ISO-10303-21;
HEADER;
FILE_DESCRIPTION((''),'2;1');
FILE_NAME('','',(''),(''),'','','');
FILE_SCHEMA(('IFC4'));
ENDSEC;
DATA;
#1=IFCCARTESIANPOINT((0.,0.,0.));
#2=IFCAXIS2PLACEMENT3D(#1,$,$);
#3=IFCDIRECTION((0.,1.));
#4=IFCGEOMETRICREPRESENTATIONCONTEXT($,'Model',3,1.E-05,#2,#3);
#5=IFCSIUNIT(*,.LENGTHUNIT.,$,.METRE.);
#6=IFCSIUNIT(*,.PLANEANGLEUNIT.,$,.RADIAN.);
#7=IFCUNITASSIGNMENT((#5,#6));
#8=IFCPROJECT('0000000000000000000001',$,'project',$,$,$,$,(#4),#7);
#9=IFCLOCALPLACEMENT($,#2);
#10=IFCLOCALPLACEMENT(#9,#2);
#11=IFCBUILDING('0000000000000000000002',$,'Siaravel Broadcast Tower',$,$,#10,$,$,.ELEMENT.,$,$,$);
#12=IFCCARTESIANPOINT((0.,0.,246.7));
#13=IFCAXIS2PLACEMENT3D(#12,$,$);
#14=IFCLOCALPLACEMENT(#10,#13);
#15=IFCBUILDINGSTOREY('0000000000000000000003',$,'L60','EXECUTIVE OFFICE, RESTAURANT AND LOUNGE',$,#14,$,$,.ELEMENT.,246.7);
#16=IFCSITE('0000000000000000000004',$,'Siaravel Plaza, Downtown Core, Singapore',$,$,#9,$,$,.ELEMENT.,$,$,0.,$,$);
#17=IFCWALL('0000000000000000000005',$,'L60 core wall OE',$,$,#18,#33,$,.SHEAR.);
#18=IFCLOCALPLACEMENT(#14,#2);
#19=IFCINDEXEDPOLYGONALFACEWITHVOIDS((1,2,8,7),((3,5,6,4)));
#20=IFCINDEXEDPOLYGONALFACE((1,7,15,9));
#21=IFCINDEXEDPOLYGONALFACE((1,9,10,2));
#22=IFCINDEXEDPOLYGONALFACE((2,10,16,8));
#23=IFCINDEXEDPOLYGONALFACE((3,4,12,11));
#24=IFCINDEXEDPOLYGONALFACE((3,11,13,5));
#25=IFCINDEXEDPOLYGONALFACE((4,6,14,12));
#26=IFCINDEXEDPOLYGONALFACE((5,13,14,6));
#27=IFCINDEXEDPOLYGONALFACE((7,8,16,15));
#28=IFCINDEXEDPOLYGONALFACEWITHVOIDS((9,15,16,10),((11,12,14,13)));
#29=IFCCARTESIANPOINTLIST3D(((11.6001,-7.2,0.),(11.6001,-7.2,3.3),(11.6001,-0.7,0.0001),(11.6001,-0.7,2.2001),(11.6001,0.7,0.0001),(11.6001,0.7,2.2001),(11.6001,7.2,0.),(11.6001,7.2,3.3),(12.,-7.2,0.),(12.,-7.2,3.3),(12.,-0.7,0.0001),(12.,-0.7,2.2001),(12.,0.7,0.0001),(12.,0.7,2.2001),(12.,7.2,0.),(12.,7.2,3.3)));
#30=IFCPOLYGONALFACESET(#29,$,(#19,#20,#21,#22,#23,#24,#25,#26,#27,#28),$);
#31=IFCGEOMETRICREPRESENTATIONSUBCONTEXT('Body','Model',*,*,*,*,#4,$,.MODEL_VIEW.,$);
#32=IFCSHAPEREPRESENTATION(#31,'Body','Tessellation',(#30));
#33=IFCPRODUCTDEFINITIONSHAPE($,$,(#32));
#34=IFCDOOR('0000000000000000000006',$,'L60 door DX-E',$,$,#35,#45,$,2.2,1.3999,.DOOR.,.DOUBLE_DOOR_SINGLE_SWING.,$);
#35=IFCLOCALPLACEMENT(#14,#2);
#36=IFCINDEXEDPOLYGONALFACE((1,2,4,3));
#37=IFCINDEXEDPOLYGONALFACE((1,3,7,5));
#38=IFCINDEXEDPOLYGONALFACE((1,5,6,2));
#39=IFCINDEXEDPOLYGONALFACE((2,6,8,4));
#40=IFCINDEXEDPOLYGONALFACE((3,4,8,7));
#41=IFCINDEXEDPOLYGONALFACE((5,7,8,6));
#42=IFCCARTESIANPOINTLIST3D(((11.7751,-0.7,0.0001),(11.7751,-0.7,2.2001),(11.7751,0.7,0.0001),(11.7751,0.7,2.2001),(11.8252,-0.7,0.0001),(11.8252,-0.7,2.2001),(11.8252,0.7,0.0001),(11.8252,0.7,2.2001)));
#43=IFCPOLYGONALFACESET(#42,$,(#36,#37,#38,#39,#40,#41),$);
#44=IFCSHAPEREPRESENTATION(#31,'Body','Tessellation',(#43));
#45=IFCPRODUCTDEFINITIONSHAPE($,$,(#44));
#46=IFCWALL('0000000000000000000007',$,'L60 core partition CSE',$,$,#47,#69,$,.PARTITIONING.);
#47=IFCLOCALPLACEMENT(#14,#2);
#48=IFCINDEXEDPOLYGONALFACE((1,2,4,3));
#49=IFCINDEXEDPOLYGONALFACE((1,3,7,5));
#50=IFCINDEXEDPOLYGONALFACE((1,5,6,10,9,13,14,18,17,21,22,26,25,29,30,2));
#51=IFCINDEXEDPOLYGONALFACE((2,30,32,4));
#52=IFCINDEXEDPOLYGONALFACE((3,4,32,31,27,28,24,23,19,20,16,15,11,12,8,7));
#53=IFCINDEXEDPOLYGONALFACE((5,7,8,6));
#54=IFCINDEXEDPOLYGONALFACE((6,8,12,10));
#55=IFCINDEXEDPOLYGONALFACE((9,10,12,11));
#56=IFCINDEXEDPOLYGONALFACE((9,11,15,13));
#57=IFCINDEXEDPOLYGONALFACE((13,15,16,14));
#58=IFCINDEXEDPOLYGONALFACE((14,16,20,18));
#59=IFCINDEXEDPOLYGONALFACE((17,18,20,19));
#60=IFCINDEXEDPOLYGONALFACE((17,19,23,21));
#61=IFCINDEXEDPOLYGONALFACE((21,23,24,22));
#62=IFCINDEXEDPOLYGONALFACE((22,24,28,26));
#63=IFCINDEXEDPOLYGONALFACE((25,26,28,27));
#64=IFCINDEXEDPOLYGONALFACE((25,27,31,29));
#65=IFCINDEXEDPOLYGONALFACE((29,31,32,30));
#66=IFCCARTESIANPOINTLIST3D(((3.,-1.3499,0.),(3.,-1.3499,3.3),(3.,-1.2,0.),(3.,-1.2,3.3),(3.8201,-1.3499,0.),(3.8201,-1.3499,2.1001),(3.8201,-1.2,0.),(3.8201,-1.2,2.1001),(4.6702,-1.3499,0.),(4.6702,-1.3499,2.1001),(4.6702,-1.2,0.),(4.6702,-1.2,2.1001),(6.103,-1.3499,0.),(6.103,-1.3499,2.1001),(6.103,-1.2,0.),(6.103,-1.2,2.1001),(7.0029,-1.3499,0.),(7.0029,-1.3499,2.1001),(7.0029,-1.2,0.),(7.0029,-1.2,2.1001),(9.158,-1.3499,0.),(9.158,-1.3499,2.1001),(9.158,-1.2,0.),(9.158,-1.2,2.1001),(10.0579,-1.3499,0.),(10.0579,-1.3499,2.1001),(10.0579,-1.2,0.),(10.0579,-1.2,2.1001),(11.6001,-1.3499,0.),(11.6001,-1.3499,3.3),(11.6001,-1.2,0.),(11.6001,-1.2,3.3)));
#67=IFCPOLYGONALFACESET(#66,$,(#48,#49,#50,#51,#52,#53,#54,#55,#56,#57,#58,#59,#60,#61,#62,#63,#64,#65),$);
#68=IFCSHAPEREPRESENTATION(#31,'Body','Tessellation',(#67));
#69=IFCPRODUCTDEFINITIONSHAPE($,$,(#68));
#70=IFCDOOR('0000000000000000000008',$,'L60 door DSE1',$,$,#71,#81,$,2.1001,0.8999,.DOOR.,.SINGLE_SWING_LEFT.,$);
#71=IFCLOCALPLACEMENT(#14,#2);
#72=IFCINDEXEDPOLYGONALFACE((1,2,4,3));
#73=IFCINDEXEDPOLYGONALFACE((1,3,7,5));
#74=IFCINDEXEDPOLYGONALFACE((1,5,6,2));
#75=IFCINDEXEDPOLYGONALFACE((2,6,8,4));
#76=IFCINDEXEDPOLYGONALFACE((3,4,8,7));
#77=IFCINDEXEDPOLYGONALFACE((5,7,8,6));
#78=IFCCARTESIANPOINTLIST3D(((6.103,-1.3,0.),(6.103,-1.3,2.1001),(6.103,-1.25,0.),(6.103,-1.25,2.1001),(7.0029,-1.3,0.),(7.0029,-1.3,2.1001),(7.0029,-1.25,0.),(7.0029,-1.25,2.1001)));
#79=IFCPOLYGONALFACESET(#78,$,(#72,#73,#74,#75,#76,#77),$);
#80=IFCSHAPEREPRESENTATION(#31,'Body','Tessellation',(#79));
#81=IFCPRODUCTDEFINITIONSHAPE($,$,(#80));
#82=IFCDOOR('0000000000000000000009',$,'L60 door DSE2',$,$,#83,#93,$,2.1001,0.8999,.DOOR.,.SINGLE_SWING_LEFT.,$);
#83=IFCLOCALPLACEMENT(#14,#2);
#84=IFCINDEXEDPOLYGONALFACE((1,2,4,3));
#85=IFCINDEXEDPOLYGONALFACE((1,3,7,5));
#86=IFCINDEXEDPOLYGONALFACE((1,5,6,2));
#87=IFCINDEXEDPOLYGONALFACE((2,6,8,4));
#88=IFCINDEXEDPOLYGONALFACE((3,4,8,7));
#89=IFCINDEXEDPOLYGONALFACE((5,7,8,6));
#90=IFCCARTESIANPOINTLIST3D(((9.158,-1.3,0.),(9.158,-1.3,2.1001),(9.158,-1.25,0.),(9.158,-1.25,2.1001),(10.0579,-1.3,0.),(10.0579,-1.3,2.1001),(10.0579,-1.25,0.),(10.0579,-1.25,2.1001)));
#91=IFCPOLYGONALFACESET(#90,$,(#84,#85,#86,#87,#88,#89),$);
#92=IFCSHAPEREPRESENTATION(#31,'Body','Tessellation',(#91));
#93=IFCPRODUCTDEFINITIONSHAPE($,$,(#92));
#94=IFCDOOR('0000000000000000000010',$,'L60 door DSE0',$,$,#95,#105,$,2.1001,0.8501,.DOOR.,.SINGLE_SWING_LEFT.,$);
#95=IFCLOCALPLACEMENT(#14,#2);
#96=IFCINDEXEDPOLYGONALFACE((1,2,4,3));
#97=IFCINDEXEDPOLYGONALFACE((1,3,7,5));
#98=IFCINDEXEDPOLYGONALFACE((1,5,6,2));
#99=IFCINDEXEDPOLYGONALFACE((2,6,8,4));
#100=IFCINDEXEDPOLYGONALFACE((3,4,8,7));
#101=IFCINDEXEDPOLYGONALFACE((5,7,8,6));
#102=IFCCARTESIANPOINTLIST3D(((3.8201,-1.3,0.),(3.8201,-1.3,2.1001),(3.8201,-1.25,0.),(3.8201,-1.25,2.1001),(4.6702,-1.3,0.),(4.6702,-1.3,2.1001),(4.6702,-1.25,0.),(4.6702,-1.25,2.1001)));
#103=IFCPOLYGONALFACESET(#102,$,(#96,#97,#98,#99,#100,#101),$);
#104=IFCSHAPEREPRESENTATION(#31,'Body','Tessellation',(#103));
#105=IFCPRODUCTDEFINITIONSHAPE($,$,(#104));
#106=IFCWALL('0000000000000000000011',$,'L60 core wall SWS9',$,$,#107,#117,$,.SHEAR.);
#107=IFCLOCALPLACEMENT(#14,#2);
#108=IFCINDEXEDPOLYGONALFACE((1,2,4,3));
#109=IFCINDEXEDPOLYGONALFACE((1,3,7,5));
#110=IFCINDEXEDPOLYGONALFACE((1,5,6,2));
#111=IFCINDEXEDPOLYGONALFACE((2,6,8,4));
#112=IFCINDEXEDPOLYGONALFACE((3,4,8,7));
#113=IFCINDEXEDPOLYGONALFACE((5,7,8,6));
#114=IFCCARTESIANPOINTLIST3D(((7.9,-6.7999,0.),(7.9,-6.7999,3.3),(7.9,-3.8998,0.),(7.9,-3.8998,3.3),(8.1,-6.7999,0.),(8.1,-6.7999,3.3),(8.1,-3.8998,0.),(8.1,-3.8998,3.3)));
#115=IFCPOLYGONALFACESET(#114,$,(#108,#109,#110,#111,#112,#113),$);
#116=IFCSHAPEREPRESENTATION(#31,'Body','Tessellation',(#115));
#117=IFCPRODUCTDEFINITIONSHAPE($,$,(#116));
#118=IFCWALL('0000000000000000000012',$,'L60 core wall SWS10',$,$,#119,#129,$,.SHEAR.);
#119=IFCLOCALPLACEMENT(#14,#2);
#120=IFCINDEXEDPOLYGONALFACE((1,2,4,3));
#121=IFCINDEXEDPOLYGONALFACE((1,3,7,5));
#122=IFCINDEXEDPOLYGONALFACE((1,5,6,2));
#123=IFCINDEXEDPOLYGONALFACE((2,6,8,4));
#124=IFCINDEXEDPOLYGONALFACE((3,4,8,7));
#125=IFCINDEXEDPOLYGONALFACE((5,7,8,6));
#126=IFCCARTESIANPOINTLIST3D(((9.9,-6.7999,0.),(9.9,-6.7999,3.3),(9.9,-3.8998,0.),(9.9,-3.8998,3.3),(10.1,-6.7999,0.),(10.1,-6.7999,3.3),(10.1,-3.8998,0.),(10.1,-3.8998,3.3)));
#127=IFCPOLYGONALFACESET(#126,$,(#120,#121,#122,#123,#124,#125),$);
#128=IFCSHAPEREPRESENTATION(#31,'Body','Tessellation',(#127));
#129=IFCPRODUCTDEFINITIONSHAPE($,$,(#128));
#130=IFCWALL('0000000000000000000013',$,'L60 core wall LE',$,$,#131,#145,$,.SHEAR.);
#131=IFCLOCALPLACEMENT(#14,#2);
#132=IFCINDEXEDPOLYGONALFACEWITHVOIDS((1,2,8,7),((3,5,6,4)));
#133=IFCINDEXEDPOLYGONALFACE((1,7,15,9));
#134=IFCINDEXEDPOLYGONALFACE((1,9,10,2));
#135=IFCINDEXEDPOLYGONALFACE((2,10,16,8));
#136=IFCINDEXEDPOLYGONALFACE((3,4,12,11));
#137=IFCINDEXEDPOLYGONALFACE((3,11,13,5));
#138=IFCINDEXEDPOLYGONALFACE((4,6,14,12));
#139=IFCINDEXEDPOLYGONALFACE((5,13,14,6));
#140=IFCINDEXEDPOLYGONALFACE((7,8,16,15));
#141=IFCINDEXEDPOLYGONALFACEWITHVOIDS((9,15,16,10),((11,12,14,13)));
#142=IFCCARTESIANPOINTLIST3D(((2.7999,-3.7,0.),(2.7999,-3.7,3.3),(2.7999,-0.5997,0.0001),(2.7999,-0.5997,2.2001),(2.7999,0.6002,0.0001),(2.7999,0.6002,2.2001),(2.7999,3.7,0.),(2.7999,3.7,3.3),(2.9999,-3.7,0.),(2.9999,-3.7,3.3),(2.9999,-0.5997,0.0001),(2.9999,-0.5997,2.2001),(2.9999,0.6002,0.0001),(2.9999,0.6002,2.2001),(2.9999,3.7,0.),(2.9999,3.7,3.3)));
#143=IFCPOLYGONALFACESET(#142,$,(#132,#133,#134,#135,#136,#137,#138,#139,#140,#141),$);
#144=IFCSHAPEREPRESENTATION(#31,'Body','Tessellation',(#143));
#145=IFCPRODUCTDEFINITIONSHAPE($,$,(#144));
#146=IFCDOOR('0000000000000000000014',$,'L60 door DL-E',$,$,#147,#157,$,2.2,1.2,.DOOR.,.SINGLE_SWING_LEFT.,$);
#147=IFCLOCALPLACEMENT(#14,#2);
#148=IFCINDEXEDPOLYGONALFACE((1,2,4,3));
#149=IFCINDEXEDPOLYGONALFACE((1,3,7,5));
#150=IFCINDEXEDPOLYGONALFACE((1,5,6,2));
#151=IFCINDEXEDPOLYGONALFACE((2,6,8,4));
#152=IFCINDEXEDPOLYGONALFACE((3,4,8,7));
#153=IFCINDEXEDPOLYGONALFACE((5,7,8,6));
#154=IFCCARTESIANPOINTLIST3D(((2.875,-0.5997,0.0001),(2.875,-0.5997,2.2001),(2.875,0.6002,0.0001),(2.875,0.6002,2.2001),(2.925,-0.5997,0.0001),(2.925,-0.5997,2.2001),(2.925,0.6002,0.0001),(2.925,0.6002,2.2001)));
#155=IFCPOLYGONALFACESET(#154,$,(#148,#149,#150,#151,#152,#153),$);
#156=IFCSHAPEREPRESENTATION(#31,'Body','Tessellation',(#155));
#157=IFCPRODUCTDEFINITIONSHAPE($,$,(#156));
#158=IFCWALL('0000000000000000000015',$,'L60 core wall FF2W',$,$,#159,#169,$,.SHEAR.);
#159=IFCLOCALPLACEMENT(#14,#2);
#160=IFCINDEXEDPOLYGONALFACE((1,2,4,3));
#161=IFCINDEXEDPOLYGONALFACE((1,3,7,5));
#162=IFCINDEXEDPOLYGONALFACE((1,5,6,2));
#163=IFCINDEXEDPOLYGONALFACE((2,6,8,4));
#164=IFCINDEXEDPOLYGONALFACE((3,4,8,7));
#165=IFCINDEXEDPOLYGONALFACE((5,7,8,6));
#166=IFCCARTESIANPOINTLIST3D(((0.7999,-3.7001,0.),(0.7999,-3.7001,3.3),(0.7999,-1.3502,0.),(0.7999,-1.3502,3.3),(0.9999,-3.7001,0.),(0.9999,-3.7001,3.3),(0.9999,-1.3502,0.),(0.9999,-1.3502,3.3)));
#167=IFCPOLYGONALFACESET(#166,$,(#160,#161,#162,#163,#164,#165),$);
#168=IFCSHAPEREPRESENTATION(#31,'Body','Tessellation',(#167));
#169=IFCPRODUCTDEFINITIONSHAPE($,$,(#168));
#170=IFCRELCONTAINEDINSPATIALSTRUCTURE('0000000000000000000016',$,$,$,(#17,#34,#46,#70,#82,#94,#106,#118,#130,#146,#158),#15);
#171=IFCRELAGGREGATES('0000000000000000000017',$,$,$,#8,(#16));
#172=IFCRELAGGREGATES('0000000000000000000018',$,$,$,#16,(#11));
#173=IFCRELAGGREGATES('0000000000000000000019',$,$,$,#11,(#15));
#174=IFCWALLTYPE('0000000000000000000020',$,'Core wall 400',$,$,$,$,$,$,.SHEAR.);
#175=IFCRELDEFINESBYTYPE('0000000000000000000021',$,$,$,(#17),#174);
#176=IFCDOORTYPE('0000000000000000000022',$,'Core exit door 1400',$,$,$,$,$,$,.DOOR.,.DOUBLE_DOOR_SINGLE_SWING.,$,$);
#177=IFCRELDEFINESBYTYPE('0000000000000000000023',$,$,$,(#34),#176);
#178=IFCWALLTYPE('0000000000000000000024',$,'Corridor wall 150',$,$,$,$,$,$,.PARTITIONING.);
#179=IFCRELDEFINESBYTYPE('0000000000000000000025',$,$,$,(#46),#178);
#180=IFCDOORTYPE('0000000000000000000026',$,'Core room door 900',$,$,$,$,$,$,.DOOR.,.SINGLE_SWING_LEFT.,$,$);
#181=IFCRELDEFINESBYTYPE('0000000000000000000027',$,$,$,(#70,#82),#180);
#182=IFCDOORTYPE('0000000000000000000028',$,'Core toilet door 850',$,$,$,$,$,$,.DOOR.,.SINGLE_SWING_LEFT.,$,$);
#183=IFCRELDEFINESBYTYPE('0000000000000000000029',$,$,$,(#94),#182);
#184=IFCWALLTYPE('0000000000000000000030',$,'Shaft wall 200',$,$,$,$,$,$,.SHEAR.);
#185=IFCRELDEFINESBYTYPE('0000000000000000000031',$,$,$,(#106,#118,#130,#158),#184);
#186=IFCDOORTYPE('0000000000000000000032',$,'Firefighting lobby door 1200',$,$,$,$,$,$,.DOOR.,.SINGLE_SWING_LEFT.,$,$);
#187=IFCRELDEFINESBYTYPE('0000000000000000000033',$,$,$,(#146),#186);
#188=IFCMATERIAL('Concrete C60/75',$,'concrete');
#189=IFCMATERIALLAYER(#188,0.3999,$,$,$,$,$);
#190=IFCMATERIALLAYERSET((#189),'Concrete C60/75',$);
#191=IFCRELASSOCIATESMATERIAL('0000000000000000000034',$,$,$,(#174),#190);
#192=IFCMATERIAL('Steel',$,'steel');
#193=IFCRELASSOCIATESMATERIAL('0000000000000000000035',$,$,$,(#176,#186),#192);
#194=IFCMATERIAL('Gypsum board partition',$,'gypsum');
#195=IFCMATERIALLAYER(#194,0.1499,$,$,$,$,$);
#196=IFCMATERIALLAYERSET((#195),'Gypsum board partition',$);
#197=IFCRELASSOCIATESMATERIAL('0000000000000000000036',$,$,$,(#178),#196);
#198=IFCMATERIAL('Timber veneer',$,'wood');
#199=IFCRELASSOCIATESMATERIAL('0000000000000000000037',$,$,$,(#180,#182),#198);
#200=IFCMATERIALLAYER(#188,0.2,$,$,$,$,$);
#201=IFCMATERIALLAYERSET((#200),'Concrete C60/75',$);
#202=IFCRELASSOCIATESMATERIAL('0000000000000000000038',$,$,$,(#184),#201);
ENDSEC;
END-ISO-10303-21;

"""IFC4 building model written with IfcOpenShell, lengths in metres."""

from ifc_helpers import new_model, si_unit, direction, frame, frame_2d, origin, place, context, subcontext, project, spatial, rectangle, extrude, material, layer, layer_set, type_object, element, fill, save


model = new_model("IFC4")

# Units and contexts
model_context = context("Model", 3, precision=1e-05, world=origin(), true_north=direction((0.0, 1.0)))
body_context = subcontext(model_context, "Body", "Model", "MODEL_VIEW")
ifc_project = project(units=[si_unit("LENGTHUNIT", "METRE"), si_unit("PLANEANGLEUNIT", "RADIAN")], contexts=[model_context])

# Site, building, storey
site_placement = place(None, origin())
site = spatial("IfcSite", under=ifc_project, at=site_placement, Name="Siaravel Plaza, Downtown Core, Singapore", CompositionType="ELEMENT", RefElevation=0.0)
building_placement = place(site_placement, origin())
building = spatial("IfcBuilding", under=site, at=building_placement, Name="Siaravel Broadcast Tower", CompositionType="ELEMENT")
storey_placement = place(building_placement, frame((0.0, 0.0, 246.7)))
storey = spatial("IfcBuildingStorey", under=building, at=storey_placement, Name="L60", Description="EXECUTIVE OFFICE, RESTAURANT AND LOUNGE", CompositionType="ELEMENT", Elevation=246.7)

# Wall, opening, door
ifc_material_1 = material(Name="Concrete C60/75", Category="concrete")
ifc_layer_1 = layer(ifc_material_1, 0.3999)
ifc_layer_set_1 = layer_set([ifc_layer_1], Name="Concrete C60/75")
wall_type_1 = type_object("IfcWallType", Name="Core wall 400", PredefinedType="SHEAR", material=ifc_layer_set_1)
wall_1_placement = place(storey_placement, frame((11.8, -7.2, 0.0), z_axis=(0.0, 0.0, 1.0), x_axis=(0.0, 1.0, 0.0)))
wall_1 = element("IfcWall", 1, at=wall_1_placement, inside=storey, type_object=wall_type_1, Name="L60 core wall OE", PredefinedType="SHEAR", context=body_context, shape_type="SweptSolid", body=[
    extrude(rectangle(XDim=14.3999, YDim=0.3999, at=frame_2d((7.2, 0.0))), origin(), (0.0, 0.0, 1.0), 3.3),
])
opening_1_placement = place(wall_1_placement, frame((6.5, 0.0, 0.0)))
opening_1 = element("IfcOpeningElement", 2, at=opening_1_placement, cuts=wall_1, PredefinedType="OPENING", context=body_context, shape_type="SweptSolid", body=[
    extrude(rectangle(XDim=1.3999, YDim=2.2, at=frame_2d((0.7, 1.1001))), frame((0.0, 0.21, 0.0), z_axis=(0.0, -1.0, 0.0), x_axis=(1.0, 0.0, 0.0)), (0.0, 0.0, 1.0), 0.4199),
])
ifc_material_2 = material(Name="Steel", Category="steel")
door_type_1 = type_object("IfcDoorType", Name="Core exit door 1400", OperationType="DOUBLE_DOOR_SINGLE_SWING", PredefinedType="DOOR", material=ifc_material_2)
door_1_placement = place(opening_1_placement, origin())
door_1 = element("IfcDoor", 3, at=door_1_placement, inside=storey, type_object=door_type_1, Name="L60 door DX-E", OperationType="DOUBLE_DOOR_SINGLE_SWING", OverallHeight=2.2, OverallWidth=1.3999, PredefinedType="DOOR", context=body_context, shape_type="SweptSolid", body=[
    extrude(rectangle(XDim=1.3999, YDim=2.2, at=frame_2d((0.7, 1.1001))), frame((0.0, 0.0249, 0.0), z_axis=(0.0, -1.0, 0.0), x_axis=(1.0, 0.0, 0.0)), (0.0, 0.0, 1.0), 0.05),
])
fill(opening_1, door_1)

# Wall, openings, doors
ifc_material_3 = material(Name="Gypsum board partition", Category="gypsum")
ifc_layer_2 = layer(ifc_material_3, 0.1499)
ifc_layer_set_2 = layer_set([ifc_layer_2], Name="Gypsum board partition")
wall_type_2 = type_object("IfcWallType", Name="Corridor wall 150", PredefinedType="PARTITIONING", material=ifc_layer_set_2)
wall_2_placement = place(storey_placement, frame((3.0, -1.2749, 0.0), z_axis=(0.0, 0.0, 1.0), x_axis=(1.0, 0.0, 0.0)))
wall_2 = element("IfcWall", 4, at=wall_2_placement, inside=storey, type_object=wall_type_2, Name="L60 core partition CSE", PredefinedType="PARTITIONING", context=body_context, shape_type="SweptSolid", body=[
    extrude(rectangle(XDim=8.6001, YDim=0.1499, at=frame_2d((4.3, 0.0))), origin(), (0.0, 0.0, 1.0), 3.3),
])
opening_2_placement = place(wall_2_placement, frame((0.8201, 0.0, 0.0)))
opening_2 = element("IfcOpeningElement", 5, at=opening_2_placement, cuts=wall_2, PredefinedType="OPENING", context=body_context, shape_type="SweptSolid", body=[
    extrude(rectangle(XDim=0.8501, YDim=2.1001, at=frame_2d((0.425, 1.05))), frame((0.0, 0.085, 0.0), z_axis=(0.0, -1.0, 0.0), x_axis=(1.0, 0.0, 0.0)), (0.0, 0.0, 1.0), 0.1699),
])
opening_3_placement = place(wall_2_placement, frame((3.103, 0.0, 0.0)))
opening_3 = element("IfcOpeningElement", 6, at=opening_3_placement, cuts=wall_2, PredefinedType="OPENING", context=body_context, shape_type="SweptSolid", body=[
    extrude(rectangle(XDim=0.8999, YDim=2.1001, at=frame_2d((0.45, 1.05))), frame((0.0, 0.085, 0.0), z_axis=(0.0, -1.0, 0.0), x_axis=(1.0, 0.0, 0.0)), (0.0, 0.0, 1.0), 0.1699),
])
opening_4_placement = place(wall_2_placement, frame((6.158, 0.0, 0.0)))
opening_4 = element("IfcOpeningElement", 7, at=opening_4_placement, cuts=wall_2, PredefinedType="OPENING", context=body_context, shape_type="SweptSolid", body=[
    extrude(rectangle(XDim=0.8999, YDim=2.1001, at=frame_2d((0.45, 1.05))), frame((0.0, 0.085, 0.0), z_axis=(0.0, -1.0, 0.0), x_axis=(1.0, 0.0, 0.0)), (0.0, 0.0, 1.0), 0.1699),
])
ifc_material_4 = material(Name="Timber veneer", Category="wood")
door_type_2 = type_object("IfcDoorType", Name="Core room door 900", OperationType="SINGLE_SWING_LEFT", PredefinedType="DOOR", material=ifc_material_4)
door_2_placement = place(opening_3_placement, origin())
door_2 = element("IfcDoor", 8, at=door_2_placement, inside=storey, type_object=door_type_2, Name="L60 door DSE1", OperationType="SINGLE_SWING_LEFT", OverallHeight=2.1001, OverallWidth=0.8999, PredefinedType="DOOR", context=body_context, shape_type="SweptSolid", body=[
    extrude(rectangle(XDim=0.8999, YDim=2.1001, at=frame_2d((0.45, 1.05))), frame((0.0, 0.0249, 0.0), z_axis=(0.0, -1.0, 0.0), x_axis=(1.0, 0.0, 0.0)), (0.0, 0.0, 1.0), 0.05),
])
fill(opening_3, door_2)
door_3_placement = place(opening_4_placement, origin())
door_3 = element("IfcDoor", 9, at=door_3_placement, inside=storey, type_object=door_type_2, Name="L60 door DSE2", OperationType="SINGLE_SWING_LEFT", OverallHeight=2.1001, OverallWidth=0.8999, PredefinedType="DOOR", context=body_context, shape_type="SweptSolid", body=[
    extrude(rectangle(XDim=0.8999, YDim=2.1001, at=frame_2d((0.45, 1.05))), frame((0.0, 0.0249, 0.0), z_axis=(0.0, -1.0, 0.0), x_axis=(1.0, 0.0, 0.0)), (0.0, 0.0, 1.0), 0.05),
])
fill(opening_4, door_3)
door_type_3 = type_object("IfcDoorType", Name="Core toilet door 850", OperationType="SINGLE_SWING_LEFT", PredefinedType="DOOR", material=ifc_material_4)
door_4_placement = place(opening_2_placement, origin())
door_4 = element("IfcDoor", 10, at=door_4_placement, inside=storey, type_object=door_type_3, Name="L60 door DSE0", OperationType="SINGLE_SWING_LEFT", OverallHeight=2.1001, OverallWidth=0.8501, PredefinedType="DOOR", context=body_context, shape_type="SweptSolid", body=[
    extrude(rectangle(XDim=0.8501, YDim=2.1001, at=frame_2d((0.425, 1.05))), frame((0.0, 0.0249, 0.0), z_axis=(0.0, -1.0, 0.0), x_axis=(1.0, 0.0, 0.0)), (0.0, 0.0, 1.0), 0.05),
])
fill(opening_2, door_4)

# Walls
ifc_layer_3 = layer(ifc_material_1, 0.2)
ifc_layer_set_3 = layer_set([ifc_layer_3], Name="Concrete C60/75")
wall_type_3 = type_object("IfcWallType", Name="Shaft wall 200", PredefinedType="SHEAR", material=ifc_layer_set_3)
for number, where, z_axis, x_axis, name in (
    (11, (8.0, -6.8, 0.0), (0.0, 0.0, 1.0), (0.0, 1.0, 0.0), "L60 core wall SWS9"),
    (12, (10.0, -6.8, 0.0), (0.0, 0.0, 1.0), (0.0, 1.0, 0.0), "L60 core wall SWS10"),
):
    element("IfcWall", number, at=place(storey_placement, frame(where, z_axis=z_axis, x_axis=x_axis)), inside=storey, type_object=wall_type_3, Name=name, PredefinedType="SHEAR", context=body_context, shape_type="SweptSolid", body=[
        extrude(rectangle(XDim=2.9001, YDim=0.2, at=frame_2d((1.4502, 0.0))), origin(), (0.0, 0.0, 1.0), 3.3),
    ])

# Wall, opening, door
wall_3_placement = place(storey_placement, frame((2.8999, -3.7, 0.0), z_axis=(0.0, 0.0, 1.0), x_axis=(0.0, 1.0, 0.0)))
wall_3 = element("IfcWall", 13, at=wall_3_placement, inside=storey, type_object=wall_type_3, Name="L60 core wall LE", PredefinedType="SHEAR", context=body_context, shape_type="SweptSolid", body=[
    extrude(rectangle(XDim=7.3999, YDim=0.2, at=frame_2d((3.7, 0.0))), origin(), (0.0, 0.0, 1.0), 3.3),
])
opening_5_placement = place(wall_3_placement, frame((3.1001, 0.0, 0.0)))
opening_5 = element("IfcOpeningElement", 14, at=opening_5_placement, cuts=wall_3, PredefinedType="OPENING", context=body_context, shape_type="SweptSolid", body=[
    extrude(rectangle(XDim=1.2, YDim=2.2, at=frame_2d((0.6001, 1.1001))), frame((0.0, 0.1099, 0.0), z_axis=(0.0, -1.0, 0.0), x_axis=(1.0, 0.0, 0.0)), (0.0, 0.0, 1.0), 0.22),
])
door_type_4 = type_object("IfcDoorType", Name="Firefighting lobby door 1200", OperationType="SINGLE_SWING_LEFT", PredefinedType="DOOR", material=ifc_material_2)
door_5_placement = place(opening_5_placement, origin())
door_5 = element("IfcDoor", 15, at=door_5_placement, inside=storey, type_object=door_type_4, Name="L60 door DL-E", OperationType="SINGLE_SWING_LEFT", OverallHeight=2.2, OverallWidth=1.2, PredefinedType="DOOR", context=body_context, shape_type="SweptSolid", body=[
    extrude(rectangle(XDim=1.2, YDim=2.2, at=frame_2d((0.6001, 1.1001))), frame((0.0, 0.0249, 0.0), z_axis=(0.0, -1.0, 0.0), x_axis=(1.0, 0.0, 0.0)), (0.0, 0.0, 1.0), 0.05),
])
fill(opening_5, door_5)

# Wall
wall_4_placement = place(storey_placement, frame((0.8999, -3.7, 0.0), z_axis=(0.0, 0.0, 1.0), x_axis=(0.0, 1.0, 0.0)))
element("IfcWall", 16, at=wall_4_placement, inside=storey, type_object=wall_type_3, Name="L60 core wall FF2W", PredefinedType="SHEAR", context=body_context, shape_type="SweptSolid", body=[
    extrude(rectangle(XDim=2.3499, YDim=0.2, at=frame_2d((1.1748, 0.0))), origin(), (0.0, 0.0, 1.0), 3.3),
])

save(model, "model.ifc")
